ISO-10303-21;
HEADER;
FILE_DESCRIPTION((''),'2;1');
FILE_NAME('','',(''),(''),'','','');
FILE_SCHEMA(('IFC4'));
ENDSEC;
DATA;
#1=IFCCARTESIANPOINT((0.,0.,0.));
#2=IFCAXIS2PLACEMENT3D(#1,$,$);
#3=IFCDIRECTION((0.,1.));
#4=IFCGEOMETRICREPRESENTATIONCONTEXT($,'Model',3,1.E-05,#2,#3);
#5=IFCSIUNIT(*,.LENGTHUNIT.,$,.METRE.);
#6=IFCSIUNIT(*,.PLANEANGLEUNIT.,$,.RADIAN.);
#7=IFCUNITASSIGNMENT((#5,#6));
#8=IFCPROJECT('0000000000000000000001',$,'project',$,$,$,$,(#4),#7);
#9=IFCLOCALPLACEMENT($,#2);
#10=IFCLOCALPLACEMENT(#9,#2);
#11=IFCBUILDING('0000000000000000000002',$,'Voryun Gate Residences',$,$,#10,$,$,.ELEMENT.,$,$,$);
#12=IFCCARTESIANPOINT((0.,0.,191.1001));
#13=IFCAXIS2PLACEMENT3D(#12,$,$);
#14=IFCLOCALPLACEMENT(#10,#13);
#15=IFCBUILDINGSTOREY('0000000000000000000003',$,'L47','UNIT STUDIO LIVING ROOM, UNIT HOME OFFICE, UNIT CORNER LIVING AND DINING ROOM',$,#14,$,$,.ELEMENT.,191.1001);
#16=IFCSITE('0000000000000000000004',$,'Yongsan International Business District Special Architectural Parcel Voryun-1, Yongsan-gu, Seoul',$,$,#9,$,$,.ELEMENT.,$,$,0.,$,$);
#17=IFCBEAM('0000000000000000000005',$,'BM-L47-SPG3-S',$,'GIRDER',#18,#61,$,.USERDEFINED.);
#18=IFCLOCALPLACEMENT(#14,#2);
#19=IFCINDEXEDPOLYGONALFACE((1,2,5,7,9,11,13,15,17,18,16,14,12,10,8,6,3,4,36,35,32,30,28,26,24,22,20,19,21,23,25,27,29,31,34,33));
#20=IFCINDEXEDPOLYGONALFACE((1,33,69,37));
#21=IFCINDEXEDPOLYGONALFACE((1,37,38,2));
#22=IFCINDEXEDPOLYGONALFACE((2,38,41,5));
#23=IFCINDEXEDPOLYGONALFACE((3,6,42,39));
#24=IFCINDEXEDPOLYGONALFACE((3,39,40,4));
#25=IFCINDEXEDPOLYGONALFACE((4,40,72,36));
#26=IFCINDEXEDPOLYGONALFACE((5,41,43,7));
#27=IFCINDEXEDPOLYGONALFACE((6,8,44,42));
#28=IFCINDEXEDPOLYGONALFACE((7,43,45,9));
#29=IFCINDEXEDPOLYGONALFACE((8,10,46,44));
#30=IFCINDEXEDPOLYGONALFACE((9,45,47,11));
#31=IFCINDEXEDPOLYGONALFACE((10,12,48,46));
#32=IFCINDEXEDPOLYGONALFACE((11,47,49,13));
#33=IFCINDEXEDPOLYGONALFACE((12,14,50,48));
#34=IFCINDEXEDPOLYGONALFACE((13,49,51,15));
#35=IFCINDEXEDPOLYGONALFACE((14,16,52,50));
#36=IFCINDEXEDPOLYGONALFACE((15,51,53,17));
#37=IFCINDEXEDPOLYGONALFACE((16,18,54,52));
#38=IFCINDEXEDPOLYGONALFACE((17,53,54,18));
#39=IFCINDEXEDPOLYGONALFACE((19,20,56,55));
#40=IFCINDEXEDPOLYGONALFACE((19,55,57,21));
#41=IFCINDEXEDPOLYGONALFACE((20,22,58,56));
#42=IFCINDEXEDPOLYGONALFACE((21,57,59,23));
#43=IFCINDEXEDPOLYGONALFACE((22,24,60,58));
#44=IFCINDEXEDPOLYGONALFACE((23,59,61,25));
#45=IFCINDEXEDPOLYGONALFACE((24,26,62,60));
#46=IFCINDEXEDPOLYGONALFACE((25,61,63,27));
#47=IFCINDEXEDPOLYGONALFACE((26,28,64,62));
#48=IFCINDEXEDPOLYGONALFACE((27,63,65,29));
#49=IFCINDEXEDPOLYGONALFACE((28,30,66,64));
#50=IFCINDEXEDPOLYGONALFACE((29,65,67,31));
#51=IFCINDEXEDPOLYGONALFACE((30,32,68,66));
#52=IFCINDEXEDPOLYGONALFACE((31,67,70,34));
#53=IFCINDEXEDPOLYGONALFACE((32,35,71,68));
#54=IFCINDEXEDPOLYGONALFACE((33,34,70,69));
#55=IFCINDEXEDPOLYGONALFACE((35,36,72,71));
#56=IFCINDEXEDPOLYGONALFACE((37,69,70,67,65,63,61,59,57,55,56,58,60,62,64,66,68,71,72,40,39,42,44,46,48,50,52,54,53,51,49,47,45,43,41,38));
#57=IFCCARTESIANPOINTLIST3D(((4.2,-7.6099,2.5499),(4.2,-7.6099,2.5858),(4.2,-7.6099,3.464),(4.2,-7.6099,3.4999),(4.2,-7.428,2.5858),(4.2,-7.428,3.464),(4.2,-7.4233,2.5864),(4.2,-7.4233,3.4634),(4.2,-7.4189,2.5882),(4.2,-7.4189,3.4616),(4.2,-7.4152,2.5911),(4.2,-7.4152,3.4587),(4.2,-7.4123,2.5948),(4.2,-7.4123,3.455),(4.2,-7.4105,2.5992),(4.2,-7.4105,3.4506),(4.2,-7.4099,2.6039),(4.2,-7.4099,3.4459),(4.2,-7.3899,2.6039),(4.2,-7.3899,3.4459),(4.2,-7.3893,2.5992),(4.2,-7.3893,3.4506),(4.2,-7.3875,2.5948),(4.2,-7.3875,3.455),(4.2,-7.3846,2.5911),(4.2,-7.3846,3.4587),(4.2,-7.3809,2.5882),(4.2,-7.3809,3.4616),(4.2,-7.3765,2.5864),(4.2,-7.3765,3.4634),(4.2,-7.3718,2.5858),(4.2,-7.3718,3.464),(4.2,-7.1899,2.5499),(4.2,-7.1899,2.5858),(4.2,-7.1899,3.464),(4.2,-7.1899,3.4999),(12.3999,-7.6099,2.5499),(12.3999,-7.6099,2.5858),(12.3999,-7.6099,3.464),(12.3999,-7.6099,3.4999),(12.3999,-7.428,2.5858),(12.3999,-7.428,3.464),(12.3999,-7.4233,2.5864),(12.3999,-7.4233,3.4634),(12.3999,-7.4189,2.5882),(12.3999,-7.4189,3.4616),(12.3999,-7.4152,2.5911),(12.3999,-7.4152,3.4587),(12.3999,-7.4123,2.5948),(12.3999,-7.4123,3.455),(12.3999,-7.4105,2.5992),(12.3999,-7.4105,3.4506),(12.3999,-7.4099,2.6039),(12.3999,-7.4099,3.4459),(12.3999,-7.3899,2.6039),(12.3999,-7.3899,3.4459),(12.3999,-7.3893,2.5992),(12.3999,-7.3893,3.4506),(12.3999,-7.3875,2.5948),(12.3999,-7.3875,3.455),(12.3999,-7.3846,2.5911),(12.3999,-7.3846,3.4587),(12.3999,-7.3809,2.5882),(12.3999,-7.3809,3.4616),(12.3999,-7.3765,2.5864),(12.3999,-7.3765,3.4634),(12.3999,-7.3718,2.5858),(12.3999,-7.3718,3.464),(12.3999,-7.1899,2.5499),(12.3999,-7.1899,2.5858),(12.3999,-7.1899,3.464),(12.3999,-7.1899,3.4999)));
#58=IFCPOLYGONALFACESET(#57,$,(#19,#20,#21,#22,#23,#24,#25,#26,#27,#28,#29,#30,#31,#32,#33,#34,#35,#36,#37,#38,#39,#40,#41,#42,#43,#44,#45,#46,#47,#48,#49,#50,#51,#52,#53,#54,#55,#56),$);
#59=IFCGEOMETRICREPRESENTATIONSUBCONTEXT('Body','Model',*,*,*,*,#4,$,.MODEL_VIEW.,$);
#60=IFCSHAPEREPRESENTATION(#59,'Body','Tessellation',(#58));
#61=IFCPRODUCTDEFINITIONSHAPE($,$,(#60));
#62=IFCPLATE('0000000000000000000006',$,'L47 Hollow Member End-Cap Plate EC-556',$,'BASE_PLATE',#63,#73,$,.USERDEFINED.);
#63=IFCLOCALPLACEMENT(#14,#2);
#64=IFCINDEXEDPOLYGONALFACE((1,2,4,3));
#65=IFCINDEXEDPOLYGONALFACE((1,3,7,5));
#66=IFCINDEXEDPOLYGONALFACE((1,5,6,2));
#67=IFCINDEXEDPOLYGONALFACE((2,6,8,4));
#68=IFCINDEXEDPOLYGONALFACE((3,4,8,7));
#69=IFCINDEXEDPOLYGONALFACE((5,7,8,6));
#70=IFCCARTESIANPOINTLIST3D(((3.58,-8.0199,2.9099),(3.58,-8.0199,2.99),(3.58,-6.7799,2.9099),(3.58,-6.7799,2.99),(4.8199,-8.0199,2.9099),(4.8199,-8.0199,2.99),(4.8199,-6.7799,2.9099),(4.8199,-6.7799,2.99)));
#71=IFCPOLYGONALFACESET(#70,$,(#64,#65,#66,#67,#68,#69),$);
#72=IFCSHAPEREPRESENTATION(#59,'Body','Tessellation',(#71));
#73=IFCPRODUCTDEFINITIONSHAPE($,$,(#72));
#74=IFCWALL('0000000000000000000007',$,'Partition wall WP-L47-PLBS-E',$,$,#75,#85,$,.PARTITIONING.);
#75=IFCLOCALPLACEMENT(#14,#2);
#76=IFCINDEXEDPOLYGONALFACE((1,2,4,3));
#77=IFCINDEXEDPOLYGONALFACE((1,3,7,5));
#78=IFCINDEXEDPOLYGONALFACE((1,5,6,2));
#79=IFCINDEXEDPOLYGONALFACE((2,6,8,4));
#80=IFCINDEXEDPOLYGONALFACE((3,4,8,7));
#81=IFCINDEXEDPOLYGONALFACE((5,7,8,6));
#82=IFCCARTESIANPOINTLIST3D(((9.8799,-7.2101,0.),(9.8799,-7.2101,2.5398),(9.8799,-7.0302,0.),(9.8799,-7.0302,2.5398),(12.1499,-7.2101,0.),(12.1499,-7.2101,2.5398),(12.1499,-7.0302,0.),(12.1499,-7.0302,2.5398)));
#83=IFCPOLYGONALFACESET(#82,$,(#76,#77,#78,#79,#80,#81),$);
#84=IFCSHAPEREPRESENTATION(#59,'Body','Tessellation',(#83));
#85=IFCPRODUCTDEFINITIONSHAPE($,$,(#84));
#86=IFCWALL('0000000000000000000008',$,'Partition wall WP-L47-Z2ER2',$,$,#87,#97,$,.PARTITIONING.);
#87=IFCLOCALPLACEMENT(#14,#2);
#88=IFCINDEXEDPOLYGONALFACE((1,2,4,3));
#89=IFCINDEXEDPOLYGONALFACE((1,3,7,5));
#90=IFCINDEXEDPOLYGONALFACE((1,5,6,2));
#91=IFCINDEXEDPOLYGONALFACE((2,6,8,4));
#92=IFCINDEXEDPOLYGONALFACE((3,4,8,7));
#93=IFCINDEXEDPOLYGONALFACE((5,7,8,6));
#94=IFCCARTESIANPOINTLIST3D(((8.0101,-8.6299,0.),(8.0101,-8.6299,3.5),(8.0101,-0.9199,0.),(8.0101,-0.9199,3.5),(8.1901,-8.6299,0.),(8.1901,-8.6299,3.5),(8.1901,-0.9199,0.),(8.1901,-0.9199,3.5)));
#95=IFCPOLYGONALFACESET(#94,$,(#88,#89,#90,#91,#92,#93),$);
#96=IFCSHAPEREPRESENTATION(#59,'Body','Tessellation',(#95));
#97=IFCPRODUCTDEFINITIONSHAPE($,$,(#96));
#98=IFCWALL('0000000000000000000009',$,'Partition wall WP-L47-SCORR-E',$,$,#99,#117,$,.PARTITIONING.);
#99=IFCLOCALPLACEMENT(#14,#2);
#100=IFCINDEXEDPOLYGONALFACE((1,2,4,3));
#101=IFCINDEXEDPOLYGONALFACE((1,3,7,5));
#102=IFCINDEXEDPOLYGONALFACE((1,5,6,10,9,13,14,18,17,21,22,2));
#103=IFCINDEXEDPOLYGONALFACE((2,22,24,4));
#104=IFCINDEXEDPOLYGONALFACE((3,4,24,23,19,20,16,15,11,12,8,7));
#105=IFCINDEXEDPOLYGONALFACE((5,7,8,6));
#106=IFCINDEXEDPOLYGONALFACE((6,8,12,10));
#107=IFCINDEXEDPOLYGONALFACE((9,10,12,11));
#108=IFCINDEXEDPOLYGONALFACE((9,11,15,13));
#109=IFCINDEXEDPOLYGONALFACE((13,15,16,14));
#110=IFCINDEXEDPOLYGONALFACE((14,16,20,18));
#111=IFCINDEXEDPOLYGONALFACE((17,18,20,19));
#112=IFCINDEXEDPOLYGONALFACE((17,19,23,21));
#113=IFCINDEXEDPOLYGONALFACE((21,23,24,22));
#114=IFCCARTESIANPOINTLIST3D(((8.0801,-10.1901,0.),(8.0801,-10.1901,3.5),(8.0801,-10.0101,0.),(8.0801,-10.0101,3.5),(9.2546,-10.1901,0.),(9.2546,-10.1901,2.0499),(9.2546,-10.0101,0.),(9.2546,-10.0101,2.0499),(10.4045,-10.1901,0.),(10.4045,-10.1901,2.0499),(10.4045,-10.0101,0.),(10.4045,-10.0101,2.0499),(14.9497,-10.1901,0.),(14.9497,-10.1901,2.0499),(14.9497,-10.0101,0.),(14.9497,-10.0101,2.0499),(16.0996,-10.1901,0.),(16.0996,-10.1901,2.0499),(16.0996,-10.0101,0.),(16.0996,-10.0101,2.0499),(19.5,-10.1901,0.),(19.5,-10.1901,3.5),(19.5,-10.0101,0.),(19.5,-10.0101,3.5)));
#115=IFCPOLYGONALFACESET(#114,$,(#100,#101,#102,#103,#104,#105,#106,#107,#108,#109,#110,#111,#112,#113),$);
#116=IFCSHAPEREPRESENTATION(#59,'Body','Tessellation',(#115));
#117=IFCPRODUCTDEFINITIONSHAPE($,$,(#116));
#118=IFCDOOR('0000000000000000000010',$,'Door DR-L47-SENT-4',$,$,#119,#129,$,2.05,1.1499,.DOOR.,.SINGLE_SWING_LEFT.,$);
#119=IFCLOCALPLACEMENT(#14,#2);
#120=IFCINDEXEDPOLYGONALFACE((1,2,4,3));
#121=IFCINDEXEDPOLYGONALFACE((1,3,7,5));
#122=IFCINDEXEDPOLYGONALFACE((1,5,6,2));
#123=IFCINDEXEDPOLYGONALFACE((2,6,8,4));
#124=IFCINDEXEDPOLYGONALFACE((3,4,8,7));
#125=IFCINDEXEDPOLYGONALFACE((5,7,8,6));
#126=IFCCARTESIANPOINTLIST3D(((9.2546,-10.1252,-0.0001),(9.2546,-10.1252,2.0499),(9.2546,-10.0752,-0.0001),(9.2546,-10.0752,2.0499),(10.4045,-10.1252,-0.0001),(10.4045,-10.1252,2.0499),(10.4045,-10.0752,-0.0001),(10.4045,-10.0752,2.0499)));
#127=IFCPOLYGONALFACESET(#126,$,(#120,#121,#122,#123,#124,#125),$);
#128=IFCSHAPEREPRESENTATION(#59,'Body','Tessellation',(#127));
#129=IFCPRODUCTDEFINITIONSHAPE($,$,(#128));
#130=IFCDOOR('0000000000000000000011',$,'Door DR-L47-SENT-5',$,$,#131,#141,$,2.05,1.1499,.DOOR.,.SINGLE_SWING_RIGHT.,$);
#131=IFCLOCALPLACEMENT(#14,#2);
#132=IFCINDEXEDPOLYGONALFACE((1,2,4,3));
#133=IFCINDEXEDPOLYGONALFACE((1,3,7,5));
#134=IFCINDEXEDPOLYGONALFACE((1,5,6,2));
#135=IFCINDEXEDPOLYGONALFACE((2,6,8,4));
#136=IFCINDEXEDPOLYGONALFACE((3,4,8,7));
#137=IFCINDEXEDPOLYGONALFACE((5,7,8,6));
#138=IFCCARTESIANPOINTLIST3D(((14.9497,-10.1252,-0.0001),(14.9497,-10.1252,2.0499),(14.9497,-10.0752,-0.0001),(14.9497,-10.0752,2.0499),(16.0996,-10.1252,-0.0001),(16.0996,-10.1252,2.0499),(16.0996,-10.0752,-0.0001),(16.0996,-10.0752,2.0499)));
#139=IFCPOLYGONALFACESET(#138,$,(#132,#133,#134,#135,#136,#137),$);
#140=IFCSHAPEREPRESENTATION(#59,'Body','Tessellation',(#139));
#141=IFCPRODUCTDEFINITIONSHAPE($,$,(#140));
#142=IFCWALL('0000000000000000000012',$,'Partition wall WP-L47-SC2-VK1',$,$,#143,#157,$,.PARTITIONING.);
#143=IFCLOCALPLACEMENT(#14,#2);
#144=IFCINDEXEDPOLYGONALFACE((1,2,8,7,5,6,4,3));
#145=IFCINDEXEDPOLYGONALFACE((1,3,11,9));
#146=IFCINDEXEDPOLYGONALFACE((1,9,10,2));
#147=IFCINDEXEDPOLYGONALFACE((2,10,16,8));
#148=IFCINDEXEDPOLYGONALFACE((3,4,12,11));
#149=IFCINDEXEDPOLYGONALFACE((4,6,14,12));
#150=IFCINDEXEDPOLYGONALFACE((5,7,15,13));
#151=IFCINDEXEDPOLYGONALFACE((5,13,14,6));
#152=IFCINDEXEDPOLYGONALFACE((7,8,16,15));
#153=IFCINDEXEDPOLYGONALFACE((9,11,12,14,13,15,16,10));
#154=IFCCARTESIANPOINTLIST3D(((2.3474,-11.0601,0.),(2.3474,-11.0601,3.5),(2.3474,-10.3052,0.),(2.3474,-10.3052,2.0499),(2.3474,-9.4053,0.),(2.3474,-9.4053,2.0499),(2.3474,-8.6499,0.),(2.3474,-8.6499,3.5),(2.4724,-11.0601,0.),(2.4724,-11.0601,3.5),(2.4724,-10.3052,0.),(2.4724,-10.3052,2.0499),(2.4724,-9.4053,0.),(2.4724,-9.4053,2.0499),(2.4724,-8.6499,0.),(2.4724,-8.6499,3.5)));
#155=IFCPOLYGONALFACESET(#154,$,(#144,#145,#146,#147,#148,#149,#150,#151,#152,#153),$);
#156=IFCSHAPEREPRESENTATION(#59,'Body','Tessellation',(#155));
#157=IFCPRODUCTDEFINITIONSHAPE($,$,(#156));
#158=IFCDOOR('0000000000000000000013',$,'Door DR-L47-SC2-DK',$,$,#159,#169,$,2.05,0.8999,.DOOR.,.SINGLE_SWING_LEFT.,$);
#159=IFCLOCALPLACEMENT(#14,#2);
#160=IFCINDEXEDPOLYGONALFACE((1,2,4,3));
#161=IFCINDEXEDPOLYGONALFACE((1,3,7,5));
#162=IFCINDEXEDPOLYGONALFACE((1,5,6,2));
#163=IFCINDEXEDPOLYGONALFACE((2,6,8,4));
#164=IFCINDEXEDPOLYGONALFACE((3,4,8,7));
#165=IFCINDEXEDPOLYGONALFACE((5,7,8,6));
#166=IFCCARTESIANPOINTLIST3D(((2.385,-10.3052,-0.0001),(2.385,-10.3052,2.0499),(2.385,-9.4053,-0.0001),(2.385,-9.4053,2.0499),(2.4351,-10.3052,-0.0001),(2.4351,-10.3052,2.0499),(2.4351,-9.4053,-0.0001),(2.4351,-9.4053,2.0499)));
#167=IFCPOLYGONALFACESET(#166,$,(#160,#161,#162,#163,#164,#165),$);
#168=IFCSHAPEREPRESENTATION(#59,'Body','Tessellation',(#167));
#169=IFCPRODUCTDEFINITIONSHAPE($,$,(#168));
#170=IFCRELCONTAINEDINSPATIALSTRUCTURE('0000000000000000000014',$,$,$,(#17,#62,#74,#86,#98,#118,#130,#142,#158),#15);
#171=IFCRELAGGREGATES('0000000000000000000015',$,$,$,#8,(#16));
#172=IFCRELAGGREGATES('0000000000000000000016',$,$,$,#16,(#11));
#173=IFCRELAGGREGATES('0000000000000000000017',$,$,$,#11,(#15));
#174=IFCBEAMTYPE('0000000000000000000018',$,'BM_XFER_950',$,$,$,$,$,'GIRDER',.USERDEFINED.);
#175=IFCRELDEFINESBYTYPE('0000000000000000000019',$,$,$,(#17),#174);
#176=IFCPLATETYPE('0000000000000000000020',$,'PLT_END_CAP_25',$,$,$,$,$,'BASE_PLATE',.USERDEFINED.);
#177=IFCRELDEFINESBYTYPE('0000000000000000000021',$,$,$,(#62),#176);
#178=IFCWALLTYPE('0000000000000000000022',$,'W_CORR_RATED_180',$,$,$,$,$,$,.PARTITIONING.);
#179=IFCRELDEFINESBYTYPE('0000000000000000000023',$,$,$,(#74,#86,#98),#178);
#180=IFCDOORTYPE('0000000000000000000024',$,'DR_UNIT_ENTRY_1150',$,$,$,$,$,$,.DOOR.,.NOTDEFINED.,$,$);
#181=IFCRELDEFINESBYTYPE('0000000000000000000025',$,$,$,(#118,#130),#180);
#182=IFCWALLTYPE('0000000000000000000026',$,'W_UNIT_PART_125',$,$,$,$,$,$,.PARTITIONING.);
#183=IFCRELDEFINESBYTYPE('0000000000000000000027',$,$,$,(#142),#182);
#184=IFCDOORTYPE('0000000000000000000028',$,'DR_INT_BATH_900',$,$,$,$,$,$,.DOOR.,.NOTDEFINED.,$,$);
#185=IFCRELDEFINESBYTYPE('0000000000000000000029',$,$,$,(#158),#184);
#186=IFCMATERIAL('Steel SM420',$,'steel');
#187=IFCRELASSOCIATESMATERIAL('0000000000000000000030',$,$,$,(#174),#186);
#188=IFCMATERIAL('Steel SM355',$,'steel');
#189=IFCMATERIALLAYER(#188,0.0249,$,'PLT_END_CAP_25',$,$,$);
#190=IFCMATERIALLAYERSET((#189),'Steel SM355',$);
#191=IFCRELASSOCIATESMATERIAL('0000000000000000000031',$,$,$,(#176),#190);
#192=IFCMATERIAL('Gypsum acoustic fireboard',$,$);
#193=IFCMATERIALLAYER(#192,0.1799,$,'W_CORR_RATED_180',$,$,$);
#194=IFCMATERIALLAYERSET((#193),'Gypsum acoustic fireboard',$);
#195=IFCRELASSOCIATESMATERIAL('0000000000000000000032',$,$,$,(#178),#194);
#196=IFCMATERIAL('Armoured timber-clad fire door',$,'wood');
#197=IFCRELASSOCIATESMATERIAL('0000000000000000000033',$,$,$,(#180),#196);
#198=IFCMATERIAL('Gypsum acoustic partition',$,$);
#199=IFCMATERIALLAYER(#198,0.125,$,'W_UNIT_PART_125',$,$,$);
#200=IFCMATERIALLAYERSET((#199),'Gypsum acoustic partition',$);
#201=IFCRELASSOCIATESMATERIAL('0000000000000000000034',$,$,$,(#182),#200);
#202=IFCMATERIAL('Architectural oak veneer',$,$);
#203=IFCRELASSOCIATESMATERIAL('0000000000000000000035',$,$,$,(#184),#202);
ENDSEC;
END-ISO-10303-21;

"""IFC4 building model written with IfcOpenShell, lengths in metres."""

from ifc_helpers import new_model, si_unit, direction, frame, frame_2d, origin, origin_2d, place, context, subcontext, project, spatial, rectangle, i_section, extrude, material, layer, layer_set, material_profile, profile_set, type_object, element, fill, save


model = new_model("IFC4")

# Units and contexts
model_context = context("Model", 3, precision=1e-05, world=origin(), true_north=direction((0.0, 1.0)))
body_context = subcontext(model_context, "Body", "Model", "MODEL_VIEW")
ifc_project = project(units=[si_unit("LENGTHUNIT", "METRE"), si_unit("PLANEANGLEUNIT", "RADIAN")], contexts=[model_context])

# Site, building, storey
site_placement = place(None, origin())
site = spatial("IfcSite", under=ifc_project, at=site_placement, Name="Yongsan International Business District Special Architectural Parcel Voryun-1, Yongsan-gu, Seoul", CompositionType="ELEMENT", RefElevation=0.0)
building_placement = place(site_placement, origin())
building = spatial("IfcBuilding", under=site, at=building_placement, Name="Voryun Gate Residences", CompositionType="ELEMENT")
storey_placement = place(building_placement, frame((0.0, 0.0, 191.1001)))
storey = spatial("IfcBuildingStorey", under=building, at=storey_placement, Name="L47", Description="UNIT STUDIO LIVING ROOM, UNIT HOME OFFICE, UNIT CORNER LIVING AND DINING ROOM", CompositionType="ELEMENT", Elevation=191.1001)

# Beam
ifc_material_1 = material(Name="Steel SM420", Category="steel")
ifc_material_profile_1 = material_profile(ifc_material_1, i_section(OverallWidth=0.4199, OverallDepth=0.95, WebThickness=0.02, FlangeThickness=0.0359, FilletRadius=0.0181, at=origin_2d()), Name="H-950x420x20x36")
ifc_profile_set_1 = profile_set([ifc_material_profile_1], Name="Steel SM420")
beam_type_1 = type_object("IfcBeamType", Name="BM_XFER_950", ElementType="GIRDER", PredefinedType="USERDEFINED", material=ifc_profile_set_1)
beam_1_placement = place(storey_placement, frame((4.2, -7.3999, 3.0249), z_axis=(1.0, 0.0, 0.0), x_axis=(0.0, 1.0, 0.0)))
element("IfcBeam", 1, at=beam_1_placement, inside=storey, type_object=beam_type_1, Name="BM-L47-SPG3-S", ObjectType="GIRDER", PredefinedType="USERDEFINED", context=body_context, shape_type="SweptSolid", body=[
    extrude(i_section(OverallWidth=0.4199, OverallDepth=0.95, WebThickness=0.02, FlangeThickness=0.0359, FilletRadius=0.0181, at=origin_2d()), origin(), (0.0, 0.0, 1.0), 8.2),
])

# Plate
ifc_material_2 = material(Name="Steel SM355", Category="steel")
ifc_layer_1 = layer(ifc_material_2, 0.0249, Name="PLT_END_CAP_25")
ifc_layer_set_1 = layer_set([ifc_layer_1], Name="Steel SM355")
plate_type = type_object("IfcPlateType", Name="PLT_END_CAP_25", ElementType="BASE_PLATE", PredefinedType="USERDEFINED", material=ifc_layer_set_1)
plate_placement = place(storey_placement, frame((4.2, -7.3999, 2.9099), z_axis=(0.0, 0.0, 1.0), x_axis=(1.0, 0.0, 0.0)))
element("IfcPlate", 2, at=plate_placement, inside=storey, type_object=plate_type, Name="L47 Hollow Member End-Cap Plate EC-556", ObjectType="BASE_PLATE", PredefinedType="USERDEFINED", context=body_context, shape_type="SweptSolid", body=[
    extrude(rectangle(XDim=1.24, YDim=1.24, at=origin_2d()), origin(), (0.0, 0.0, 1.0), 0.0801),
])

# Walls
ifc_material_3 = material(Name="Gypsum acoustic fireboard")
ifc_layer_2 = layer(ifc_material_3, 0.1799, Name="W_CORR_RATED_180")
ifc_layer_set_2 = layer_set([ifc_layer_2], Name="Gypsum acoustic fireboard")
wall_type_1 = type_object("IfcWallType", Name="W_CORR_RATED_180", PredefinedType="PARTITIONING", material=ifc_layer_set_2)
wall_1_placement = place(storey_placement, frame((9.8799, -7.1201, 0.0), z_axis=(0.0, 0.0, 1.0), x_axis=(1.0, 0.0, 0.0)))
element("IfcWall", 3, at=wall_1_placement, inside=storey, type_object=wall_type_1, Name="Partition wall WP-L47-PLBS-E", PredefinedType="PARTITIONING", context=body_context, shape_type="SweptSolid", body=[
    extrude(rectangle(XDim=2.27, YDim=0.1799, at=frame_2d((1.135, 0.0))), origin(), (0.0, 0.0, 1.0), 2.5398),
])
wall_2_placement = place(storey_placement, frame((8.1001, -8.6299, 0.0), z_axis=(0.0, 0.0, 1.0), x_axis=(0.0, 1.0, 0.0)))
element("IfcWall", 4, at=wall_2_placement, inside=storey, type_object=wall_type_1, Name="Partition wall WP-L47-Z2ER2", PredefinedType="PARTITIONING", context=body_context, shape_type="SweptSolid", body=[
    extrude(rectangle(XDim=7.71, YDim=0.1799, at=frame_2d((3.855, 0.0))), origin(), (0.0, 0.0, 1.0), 3.5),
])

# Wall, openings, doors
wall_3_placement = place(storey_placement, frame((8.0801, -10.1001, 0.0), z_axis=(0.0, 0.0, 1.0), x_axis=(1.0, 0.0, 0.0)))
wall_3 = element("IfcWall", 5, at=wall_3_placement, inside=storey, type_object=wall_type_1, Name="Partition wall WP-L47-SCORR-E", PredefinedType="PARTITIONING", context=body_context, shape_type="SweptSolid", body=[
    extrude(rectangle(XDim=11.4199, YDim=0.1799, at=frame_2d((5.71, 0.0))), origin(), (0.0, 0.0, 1.0), 3.5),
])
opening_1_placement = place(wall_3_placement, frame((1.1746, 0.0, 0.0)))
opening_1 = element("IfcOpeningElement", 6, at=opening_1_placement, cuts=wall_3, PredefinedType="OPENING", context=body_context, shape_type="SweptSolid", body=[
    extrude(rectangle(XDim=1.1499, YDim=2.05, at=frame_2d((0.575, 1.0249))), frame((0.0, 0.0999, 0.0), z_axis=(0.0, -1.0, 0.0), x_axis=(1.0, 0.0, 0.0)), (0.0, 0.0, 1.0), 0.2),
])
opening_2_placement = place(wall_3_placement, frame((6.8696, 0.0, 0.0)))
opening_2 = element("IfcOpeningElement", 7, at=opening_2_placement, cuts=wall_3, PredefinedType="OPENING", context=body_context, shape_type="SweptSolid", body=[
    extrude(rectangle(XDim=1.1499, YDim=2.05, at=frame_2d((0.575, 1.0249))), frame((0.0, 0.0999, 0.0), z_axis=(0.0, -1.0, 0.0), x_axis=(1.0, 0.0, 0.0)), (0.0, 0.0, 1.0), 0.2),
])
ifc_material_4 = material(Name="Armoured timber-clad fire door", Category="wood")
door_type_1 = type_object("IfcDoorType", Name="DR_UNIT_ENTRY_1150", OperationType="NOTDEFINED", PredefinedType="DOOR", material=ifc_material_4)
door_1_placement = place(opening_1_placement, origin())
door_1 = element("IfcDoor", 8, at=door_1_placement, inside=storey, type_object=door_type_1, Name="Door DR-L47-SENT-4", OperationType="SINGLE_SWING_LEFT", OverallHeight=2.05, OverallWidth=1.1499, PredefinedType="DOOR", context=body_context, shape_type="SweptSolid", body=[
    extrude(rectangle(XDim=1.1499, YDim=2.05, at=frame_2d((0.575, 1.0249))), frame((0.0, 0.0249, 0.0), z_axis=(0.0, -1.0, 0.0), x_axis=(1.0, 0.0, 0.0)), (0.0, 0.0, 1.0), 0.05),
])
fill(opening_1, door_1)
door_2_placement = place(opening_2_placement, origin())
door_2 = element("IfcDoor", 9, at=door_2_placement, inside=storey, type_object=door_type_1, Name="Door DR-L47-SENT-5", OperationType="SINGLE_SWING_RIGHT", OverallHeight=2.05, OverallWidth=1.1499, PredefinedType="DOOR", context=body_context, shape_type="SweptSolid", body=[
    extrude(rectangle(XDim=1.1499, YDim=2.05, at=frame_2d((0.575, 1.0249))), frame((0.0, 0.0249, 0.0), z_axis=(0.0, -1.0, 0.0), x_axis=(1.0, 0.0, 0.0)), (0.0, 0.0, 1.0), 0.05),
])
fill(opening_2, door_2)

# Wall, opening, door
ifc_material_5 = material(Name="Gypsum acoustic partition")
ifc_layer_3 = layer(ifc_material_5, 0.125, Name="W_UNIT_PART_125")
ifc_layer_set_3 = layer_set([ifc_layer_3], Name="Gypsum acoustic partition")
wall_type_2 = type_object("IfcWallType", Name="W_UNIT_PART_125", PredefinedType="PARTITIONING", material=ifc_layer_set_3)
wall_4_placement = place(storey_placement, frame((2.4099, -11.0601, 0.0), z_axis=(0.0, 0.0, 1.0), x_axis=(0.0, 1.0, 0.0)))
wall_4 = element("IfcWall", 10, at=wall_4_placement, inside=storey, type_object=wall_type_2, Name="Partition wall WP-L47-SC2-VK1", PredefinedType="PARTITIONING", context=body_context, shape_type="SweptSolid", body=[
    extrude(rectangle(XDim=2.4102, YDim=0.125, at=frame_2d((1.2051, 0.0))), origin(), (0.0, 0.0, 1.0), 3.5),
])
opening_3_placement = place(wall_4_placement, frame((0.7549, 0.0, 0.0)))
opening_3 = element("IfcOpeningElement", 11, at=opening_3_placement, cuts=wall_4, PredefinedType="OPENING", context=body_context, shape_type="SweptSolid", body=[
    extrude(rectangle(XDim=0.8999, YDim=2.05, at=frame_2d((0.45, 1.0249))), frame((0.0, 0.0725, 0.0), z_axis=(0.0, -1.0, 0.0), x_axis=(1.0, 0.0, 0.0)), (0.0, 0.0, 1.0), 0.145),
])
ifc_material_6 = material(Name="Architectural oak veneer")
door_type_2 = type_object("IfcDoorType", Name="DR_INT_BATH_900", OperationType="NOTDEFINED", PredefinedType="DOOR", material=ifc_material_6)
door_3_placement = place(opening_3_placement, origin())
door_3 = element("IfcDoor", 12, at=door_3_placement, inside=storey, type_object=door_type_2, Name="Door DR-L47-SC2-DK", OperationType="SINGLE_SWING_LEFT", OverallHeight=2.05, OverallWidth=0.8999, PredefinedType="DOOR", context=body_context, shape_type="SweptSolid", body=[
    extrude(rectangle(XDim=0.8999, YDim=2.05, at=frame_2d((0.45, 1.0249))), frame((0.0, 0.0249, 0.0), z_axis=(0.0, -1.0, 0.0), x_axis=(1.0, 0.0, 0.0)), (0.0, 0.0, 1.0), 0.05),
])
fill(opening_3, door_3)

save(model, "model.ifc")
